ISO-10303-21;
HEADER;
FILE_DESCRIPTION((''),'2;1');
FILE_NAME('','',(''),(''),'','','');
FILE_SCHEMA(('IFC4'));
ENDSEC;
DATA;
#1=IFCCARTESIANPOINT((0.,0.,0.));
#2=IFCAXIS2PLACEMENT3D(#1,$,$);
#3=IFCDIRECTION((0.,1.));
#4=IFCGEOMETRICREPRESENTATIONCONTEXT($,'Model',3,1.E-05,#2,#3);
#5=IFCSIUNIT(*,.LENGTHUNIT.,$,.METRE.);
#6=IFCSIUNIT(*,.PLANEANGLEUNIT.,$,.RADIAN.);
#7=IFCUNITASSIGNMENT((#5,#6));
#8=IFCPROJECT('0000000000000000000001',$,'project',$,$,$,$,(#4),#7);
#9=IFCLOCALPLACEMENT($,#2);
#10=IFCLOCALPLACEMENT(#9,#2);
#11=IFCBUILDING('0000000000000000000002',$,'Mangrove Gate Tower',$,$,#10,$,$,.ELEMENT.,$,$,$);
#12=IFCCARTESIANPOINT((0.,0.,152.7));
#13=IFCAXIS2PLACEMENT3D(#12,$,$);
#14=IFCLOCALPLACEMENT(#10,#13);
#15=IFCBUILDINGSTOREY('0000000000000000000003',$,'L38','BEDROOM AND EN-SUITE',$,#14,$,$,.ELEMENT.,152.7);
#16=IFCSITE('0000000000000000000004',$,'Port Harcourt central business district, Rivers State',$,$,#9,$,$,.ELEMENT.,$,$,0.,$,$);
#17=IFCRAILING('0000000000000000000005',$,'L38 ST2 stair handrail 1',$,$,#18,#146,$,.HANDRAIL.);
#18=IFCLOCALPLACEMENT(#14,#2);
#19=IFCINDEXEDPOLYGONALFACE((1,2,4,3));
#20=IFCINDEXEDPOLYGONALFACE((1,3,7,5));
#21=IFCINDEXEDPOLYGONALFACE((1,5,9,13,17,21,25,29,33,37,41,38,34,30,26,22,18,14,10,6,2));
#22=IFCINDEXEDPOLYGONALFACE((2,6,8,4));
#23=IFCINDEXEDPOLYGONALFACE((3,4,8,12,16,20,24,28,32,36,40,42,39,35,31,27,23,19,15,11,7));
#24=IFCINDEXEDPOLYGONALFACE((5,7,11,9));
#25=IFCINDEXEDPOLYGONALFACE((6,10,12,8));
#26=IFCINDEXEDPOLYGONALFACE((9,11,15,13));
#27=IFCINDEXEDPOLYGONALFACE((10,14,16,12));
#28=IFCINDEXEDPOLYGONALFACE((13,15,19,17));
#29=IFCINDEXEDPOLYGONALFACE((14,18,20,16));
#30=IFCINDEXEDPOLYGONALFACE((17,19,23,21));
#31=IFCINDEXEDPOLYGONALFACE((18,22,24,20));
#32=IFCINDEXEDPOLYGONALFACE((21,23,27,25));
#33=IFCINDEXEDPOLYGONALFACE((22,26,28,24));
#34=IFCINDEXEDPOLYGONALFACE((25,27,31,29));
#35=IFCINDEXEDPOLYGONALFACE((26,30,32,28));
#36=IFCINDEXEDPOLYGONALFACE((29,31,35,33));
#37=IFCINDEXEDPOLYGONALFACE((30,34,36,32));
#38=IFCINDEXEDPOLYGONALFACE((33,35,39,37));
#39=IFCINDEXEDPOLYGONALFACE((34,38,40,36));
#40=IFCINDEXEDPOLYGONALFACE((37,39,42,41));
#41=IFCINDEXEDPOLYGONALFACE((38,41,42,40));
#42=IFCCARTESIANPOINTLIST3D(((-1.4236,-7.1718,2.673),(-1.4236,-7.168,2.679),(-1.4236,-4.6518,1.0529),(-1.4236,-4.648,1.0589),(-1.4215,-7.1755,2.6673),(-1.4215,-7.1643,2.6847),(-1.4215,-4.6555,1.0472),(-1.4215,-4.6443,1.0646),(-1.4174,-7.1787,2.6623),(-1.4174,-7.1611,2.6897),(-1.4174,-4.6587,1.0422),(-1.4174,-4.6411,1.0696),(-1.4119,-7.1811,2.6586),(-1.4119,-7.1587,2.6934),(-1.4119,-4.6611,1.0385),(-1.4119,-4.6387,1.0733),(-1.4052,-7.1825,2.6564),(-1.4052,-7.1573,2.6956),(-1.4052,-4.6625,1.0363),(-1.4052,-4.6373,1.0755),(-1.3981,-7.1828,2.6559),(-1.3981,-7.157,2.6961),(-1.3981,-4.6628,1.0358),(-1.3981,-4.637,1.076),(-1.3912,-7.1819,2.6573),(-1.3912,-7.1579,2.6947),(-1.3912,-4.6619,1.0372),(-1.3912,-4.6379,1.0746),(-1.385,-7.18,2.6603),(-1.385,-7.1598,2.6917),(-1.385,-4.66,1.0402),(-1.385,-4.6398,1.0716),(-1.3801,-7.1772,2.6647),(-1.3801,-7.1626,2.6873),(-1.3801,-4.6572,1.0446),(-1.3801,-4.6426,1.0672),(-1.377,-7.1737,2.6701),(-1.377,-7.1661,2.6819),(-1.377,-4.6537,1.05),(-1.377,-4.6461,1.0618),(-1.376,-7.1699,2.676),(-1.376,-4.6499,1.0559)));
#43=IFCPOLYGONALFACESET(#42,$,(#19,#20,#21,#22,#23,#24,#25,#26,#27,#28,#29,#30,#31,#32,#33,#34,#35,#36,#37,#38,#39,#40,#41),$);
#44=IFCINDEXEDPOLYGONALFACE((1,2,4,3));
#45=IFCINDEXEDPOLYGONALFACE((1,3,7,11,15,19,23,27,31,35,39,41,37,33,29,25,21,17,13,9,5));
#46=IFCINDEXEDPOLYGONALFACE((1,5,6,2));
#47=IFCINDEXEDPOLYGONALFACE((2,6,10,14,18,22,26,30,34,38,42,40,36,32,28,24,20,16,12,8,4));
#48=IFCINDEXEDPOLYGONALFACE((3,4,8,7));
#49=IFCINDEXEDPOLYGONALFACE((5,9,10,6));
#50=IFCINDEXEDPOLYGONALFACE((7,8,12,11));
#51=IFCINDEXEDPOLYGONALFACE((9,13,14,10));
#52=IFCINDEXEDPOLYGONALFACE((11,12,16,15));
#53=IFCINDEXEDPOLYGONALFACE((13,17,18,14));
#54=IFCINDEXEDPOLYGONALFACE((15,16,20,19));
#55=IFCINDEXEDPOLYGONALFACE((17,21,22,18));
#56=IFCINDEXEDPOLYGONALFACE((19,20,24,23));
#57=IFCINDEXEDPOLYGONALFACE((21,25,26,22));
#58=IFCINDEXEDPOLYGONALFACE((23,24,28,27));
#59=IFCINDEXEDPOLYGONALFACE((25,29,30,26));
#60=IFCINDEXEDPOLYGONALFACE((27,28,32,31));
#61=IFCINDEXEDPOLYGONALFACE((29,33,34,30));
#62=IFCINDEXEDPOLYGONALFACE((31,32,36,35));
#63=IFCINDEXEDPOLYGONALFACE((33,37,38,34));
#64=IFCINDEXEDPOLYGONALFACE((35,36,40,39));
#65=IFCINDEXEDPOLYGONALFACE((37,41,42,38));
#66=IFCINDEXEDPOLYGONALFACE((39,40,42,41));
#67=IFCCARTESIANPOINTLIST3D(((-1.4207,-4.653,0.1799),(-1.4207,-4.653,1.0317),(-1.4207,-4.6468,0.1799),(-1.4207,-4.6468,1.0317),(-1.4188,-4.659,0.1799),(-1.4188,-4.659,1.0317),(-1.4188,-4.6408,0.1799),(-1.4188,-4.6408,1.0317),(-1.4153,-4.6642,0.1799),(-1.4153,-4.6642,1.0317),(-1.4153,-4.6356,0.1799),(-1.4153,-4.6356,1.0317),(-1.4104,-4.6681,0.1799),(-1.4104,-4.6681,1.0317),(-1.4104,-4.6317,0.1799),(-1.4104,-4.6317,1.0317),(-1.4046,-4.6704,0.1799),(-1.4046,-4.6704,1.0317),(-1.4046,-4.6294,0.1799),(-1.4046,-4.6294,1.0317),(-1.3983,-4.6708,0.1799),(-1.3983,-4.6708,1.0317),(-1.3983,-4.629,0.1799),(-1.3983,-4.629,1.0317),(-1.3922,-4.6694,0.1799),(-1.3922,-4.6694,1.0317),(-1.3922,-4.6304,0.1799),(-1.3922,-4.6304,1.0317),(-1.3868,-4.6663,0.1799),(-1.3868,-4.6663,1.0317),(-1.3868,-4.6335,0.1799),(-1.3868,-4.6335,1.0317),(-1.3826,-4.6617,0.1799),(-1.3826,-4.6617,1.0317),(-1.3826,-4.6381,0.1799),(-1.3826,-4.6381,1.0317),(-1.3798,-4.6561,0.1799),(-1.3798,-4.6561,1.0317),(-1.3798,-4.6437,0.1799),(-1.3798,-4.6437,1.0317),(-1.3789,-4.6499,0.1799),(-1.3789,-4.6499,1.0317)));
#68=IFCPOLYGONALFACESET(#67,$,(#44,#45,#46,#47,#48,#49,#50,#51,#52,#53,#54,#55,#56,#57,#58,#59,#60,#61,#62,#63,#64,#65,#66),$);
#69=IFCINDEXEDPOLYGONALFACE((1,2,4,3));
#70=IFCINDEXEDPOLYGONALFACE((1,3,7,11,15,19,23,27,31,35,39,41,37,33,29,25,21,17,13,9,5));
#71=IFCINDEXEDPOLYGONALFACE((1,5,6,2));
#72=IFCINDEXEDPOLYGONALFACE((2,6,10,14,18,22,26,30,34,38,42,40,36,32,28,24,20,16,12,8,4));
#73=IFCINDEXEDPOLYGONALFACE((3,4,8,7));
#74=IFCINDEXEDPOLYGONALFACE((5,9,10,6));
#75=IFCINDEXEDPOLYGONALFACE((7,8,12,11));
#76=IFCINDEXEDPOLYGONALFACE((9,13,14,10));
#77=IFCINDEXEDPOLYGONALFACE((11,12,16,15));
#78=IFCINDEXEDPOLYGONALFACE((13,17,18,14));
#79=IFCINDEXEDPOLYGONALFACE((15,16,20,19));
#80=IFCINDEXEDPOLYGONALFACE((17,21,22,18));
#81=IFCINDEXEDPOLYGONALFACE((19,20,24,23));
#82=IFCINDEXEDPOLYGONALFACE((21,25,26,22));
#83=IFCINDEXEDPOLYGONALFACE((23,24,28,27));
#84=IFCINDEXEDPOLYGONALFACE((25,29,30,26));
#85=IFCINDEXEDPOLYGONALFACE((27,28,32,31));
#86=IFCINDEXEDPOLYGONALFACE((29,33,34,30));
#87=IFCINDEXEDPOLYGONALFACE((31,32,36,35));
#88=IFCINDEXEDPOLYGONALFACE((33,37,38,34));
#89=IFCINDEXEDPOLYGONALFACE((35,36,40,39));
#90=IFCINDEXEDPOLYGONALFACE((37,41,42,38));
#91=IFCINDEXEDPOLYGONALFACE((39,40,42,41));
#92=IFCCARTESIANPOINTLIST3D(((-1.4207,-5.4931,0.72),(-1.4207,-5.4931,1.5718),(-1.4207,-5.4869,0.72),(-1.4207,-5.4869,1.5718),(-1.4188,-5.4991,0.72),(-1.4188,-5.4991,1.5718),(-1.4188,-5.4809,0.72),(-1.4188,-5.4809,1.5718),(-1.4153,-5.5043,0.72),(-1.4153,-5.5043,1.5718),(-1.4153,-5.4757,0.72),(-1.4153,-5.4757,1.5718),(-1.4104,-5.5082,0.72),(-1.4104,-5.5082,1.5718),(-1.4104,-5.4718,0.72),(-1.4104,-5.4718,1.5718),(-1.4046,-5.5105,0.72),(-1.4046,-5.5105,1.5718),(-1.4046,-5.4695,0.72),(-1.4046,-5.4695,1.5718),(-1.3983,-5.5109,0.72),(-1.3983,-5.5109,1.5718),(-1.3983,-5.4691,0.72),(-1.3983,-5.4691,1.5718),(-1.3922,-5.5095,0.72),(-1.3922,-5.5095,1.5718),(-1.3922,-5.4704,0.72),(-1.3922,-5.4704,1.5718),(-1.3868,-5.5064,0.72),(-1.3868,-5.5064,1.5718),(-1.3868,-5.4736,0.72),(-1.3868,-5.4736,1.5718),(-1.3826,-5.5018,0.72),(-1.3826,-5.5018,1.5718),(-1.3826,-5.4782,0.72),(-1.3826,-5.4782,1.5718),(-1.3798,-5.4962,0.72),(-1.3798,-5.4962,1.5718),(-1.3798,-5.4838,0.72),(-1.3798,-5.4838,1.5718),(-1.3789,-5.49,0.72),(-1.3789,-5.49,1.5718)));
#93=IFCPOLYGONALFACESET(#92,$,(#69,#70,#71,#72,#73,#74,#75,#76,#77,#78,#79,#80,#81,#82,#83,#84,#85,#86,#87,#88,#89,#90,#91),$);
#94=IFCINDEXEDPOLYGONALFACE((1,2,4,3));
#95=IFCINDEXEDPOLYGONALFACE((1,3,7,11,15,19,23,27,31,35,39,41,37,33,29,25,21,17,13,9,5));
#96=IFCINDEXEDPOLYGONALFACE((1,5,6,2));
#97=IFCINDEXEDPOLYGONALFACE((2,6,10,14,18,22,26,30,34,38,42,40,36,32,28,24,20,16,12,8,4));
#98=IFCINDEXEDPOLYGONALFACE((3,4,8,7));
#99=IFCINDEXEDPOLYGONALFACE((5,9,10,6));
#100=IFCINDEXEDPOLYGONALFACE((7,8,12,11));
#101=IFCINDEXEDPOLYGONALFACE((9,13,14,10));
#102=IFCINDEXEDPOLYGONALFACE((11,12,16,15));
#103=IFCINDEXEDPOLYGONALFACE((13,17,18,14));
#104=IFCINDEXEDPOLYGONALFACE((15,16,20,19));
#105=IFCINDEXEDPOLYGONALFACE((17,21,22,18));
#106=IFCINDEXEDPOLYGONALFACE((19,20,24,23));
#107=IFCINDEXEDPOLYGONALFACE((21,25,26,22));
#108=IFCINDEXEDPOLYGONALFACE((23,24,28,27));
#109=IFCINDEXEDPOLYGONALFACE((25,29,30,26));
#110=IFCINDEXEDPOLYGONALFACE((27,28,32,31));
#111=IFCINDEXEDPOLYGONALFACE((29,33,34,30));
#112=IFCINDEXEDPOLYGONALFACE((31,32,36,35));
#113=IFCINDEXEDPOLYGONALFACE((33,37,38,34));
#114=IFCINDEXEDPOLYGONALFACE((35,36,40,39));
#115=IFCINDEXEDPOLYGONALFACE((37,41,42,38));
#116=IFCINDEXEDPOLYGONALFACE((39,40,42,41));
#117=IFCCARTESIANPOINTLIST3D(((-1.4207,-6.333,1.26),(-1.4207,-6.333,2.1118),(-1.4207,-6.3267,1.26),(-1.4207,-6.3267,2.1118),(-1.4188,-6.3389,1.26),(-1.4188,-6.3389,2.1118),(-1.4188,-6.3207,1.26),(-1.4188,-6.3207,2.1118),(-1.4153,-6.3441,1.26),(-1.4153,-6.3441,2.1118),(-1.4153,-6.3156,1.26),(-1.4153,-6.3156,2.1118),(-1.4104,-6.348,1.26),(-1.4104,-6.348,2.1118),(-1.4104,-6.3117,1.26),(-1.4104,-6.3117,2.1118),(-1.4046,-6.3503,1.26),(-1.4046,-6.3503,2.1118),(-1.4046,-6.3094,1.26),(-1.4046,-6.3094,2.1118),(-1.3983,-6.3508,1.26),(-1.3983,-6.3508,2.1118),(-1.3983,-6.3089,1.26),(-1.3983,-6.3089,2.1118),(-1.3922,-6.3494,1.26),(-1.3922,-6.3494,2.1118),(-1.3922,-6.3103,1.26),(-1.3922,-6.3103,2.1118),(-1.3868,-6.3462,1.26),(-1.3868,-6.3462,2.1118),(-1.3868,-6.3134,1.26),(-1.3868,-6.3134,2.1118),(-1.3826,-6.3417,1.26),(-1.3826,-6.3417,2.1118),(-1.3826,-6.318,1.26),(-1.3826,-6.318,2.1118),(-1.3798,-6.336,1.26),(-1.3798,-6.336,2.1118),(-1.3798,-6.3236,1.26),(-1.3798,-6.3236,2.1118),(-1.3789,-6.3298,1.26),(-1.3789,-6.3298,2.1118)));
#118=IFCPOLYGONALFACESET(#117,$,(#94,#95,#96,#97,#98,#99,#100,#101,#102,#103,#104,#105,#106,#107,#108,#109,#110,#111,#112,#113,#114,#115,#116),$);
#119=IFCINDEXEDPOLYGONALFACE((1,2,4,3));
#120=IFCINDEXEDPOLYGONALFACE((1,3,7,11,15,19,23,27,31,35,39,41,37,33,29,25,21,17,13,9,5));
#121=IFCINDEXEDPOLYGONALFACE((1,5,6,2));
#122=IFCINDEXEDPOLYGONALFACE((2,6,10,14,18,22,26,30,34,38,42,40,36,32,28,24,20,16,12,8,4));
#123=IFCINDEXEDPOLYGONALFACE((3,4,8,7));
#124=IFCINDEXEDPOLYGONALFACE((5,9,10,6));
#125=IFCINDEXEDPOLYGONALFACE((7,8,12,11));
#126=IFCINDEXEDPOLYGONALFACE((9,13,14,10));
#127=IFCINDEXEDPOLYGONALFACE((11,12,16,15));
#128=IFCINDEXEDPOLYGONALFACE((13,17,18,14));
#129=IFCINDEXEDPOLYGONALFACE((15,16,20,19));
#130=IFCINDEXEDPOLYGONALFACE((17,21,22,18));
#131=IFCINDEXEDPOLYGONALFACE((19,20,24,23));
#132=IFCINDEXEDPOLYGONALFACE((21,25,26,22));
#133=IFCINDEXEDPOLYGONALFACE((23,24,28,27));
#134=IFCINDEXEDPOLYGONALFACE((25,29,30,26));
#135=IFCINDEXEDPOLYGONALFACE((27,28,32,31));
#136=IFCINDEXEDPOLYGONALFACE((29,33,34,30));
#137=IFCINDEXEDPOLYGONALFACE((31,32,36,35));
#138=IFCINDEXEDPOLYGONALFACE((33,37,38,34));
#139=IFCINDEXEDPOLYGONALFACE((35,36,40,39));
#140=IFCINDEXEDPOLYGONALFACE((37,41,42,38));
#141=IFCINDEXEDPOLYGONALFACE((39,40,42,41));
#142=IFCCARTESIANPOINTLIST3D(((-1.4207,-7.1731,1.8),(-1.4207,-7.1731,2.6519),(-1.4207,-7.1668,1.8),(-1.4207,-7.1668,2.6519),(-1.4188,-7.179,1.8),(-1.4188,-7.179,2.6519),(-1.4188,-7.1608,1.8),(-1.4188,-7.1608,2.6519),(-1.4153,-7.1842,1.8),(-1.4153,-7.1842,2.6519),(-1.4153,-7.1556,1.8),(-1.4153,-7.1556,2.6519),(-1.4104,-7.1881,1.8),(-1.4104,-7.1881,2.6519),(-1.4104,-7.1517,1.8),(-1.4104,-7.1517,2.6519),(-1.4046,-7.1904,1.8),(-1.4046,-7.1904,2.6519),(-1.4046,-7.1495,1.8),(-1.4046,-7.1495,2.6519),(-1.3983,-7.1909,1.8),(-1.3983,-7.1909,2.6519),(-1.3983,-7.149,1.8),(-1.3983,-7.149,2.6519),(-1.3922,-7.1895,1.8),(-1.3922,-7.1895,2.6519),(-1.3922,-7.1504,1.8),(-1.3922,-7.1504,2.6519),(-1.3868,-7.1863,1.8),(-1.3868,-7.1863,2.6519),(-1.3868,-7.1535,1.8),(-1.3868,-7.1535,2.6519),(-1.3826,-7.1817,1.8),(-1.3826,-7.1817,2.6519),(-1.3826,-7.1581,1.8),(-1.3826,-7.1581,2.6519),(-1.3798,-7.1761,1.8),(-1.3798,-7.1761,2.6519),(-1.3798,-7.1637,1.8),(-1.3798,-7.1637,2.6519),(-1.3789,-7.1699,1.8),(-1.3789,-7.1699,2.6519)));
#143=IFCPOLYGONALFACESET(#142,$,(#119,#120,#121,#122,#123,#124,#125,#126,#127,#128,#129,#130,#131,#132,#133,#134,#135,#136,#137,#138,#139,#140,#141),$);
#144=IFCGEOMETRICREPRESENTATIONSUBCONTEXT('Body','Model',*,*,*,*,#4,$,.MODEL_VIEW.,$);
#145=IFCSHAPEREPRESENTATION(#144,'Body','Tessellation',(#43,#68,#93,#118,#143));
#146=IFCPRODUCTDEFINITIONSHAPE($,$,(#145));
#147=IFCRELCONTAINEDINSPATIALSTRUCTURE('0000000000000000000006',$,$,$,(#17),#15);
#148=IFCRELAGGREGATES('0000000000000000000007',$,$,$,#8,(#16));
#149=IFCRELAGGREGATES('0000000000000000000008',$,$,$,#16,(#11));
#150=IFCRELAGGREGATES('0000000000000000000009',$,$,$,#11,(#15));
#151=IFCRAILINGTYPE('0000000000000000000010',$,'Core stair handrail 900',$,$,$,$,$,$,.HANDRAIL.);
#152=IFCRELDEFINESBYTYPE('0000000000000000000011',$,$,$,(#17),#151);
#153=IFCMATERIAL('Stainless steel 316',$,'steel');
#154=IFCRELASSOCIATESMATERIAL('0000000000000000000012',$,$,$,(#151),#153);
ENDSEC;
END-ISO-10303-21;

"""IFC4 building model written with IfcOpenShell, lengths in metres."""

from ifc_helpers import new_model, si_unit, direction, frame, origin, origin_2d, place, context, subcontext, project, spatial, circle, extrude, material, type_object, element, save


model = new_model("IFC4")

# Units and contexts
model_context = context("Model", 3, precision=1e-05, world=origin(), true_north=direction((0.0, 1.0)))
body_context = subcontext(model_context, "Body", "Model", "MODEL_VIEW")
ifc_project = project(units=[si_unit("LENGTHUNIT", "METRE"), si_unit("PLANEANGLEUNIT", "RADIAN")], contexts=[model_context])

# Site, building, storey
site_placement = place(None, origin())
site = spatial("IfcSite", under=ifc_project, at=site_placement, Name="Port Harcourt central business district, Rivers State", CompositionType="ELEMENT", RefElevation=0.0)
building_placement = place(site_placement, origin())
building = spatial("IfcBuilding", under=site, at=building_placement, Name="Mangrove Gate Tower", CompositionType="ELEMENT")
storey_placement = place(building_placement, frame((0.0, 0.0, 152.7)))
storey = spatial("IfcBuildingStorey", under=building, at=storey_placement, Name="L38", Description="BEDROOM AND EN-SUITE", CompositionType="ELEMENT", Elevation=152.7)

# Railing
ifc_material_1 = material(Name="Stainless steel 316", Category="steel")
railing_type_1 = type_object("IfcRailingType", Name="Core stair handrail 900", PredefinedType="HANDRAIL", material=ifc_material_1)
railing_1_placement = place(storey_placement, frame((-1.3999, -4.6499, 0.1799)))
element("IfcRailing", 1, at=railing_1_placement, inside=storey, type_object=railing_type_1, Name="L38 ST2 stair handrail 1", PredefinedType="HANDRAIL", context=body_context, shape_type="SweptSolid", body=[
    extrude(circle(Radius=0.0239, at=origin_2d()), frame((0.0, 0.0, 0.876), z_axis=(0.0, -0.841163, 0.540782), x_axis=(1.0, 0.0, 0.0)), (0.0, 0.0, 1.0), 2.9958),
    extrude(circle(Radius=0.021, at=origin_2d()), origin(), (0.0, 0.0, 1.0), 0.8518),
    extrude(circle(Radius=0.021, at=origin_2d()), frame((0.0, -0.8401, 0.54)), (0.0, 0.0, 1.0), 0.8518),
    extrude(circle(Radius=0.021, at=origin_2d()), frame((0.0, -1.6799, 1.0801)), (0.0, 0.0, 1.0), 0.8518),
    extrude(circle(Radius=0.021, at=origin_2d()), frame((0.0, -2.52, 1.6201)), (0.0, 0.0, 1.0), 0.8518),
])

save(model, "model.ifc")
